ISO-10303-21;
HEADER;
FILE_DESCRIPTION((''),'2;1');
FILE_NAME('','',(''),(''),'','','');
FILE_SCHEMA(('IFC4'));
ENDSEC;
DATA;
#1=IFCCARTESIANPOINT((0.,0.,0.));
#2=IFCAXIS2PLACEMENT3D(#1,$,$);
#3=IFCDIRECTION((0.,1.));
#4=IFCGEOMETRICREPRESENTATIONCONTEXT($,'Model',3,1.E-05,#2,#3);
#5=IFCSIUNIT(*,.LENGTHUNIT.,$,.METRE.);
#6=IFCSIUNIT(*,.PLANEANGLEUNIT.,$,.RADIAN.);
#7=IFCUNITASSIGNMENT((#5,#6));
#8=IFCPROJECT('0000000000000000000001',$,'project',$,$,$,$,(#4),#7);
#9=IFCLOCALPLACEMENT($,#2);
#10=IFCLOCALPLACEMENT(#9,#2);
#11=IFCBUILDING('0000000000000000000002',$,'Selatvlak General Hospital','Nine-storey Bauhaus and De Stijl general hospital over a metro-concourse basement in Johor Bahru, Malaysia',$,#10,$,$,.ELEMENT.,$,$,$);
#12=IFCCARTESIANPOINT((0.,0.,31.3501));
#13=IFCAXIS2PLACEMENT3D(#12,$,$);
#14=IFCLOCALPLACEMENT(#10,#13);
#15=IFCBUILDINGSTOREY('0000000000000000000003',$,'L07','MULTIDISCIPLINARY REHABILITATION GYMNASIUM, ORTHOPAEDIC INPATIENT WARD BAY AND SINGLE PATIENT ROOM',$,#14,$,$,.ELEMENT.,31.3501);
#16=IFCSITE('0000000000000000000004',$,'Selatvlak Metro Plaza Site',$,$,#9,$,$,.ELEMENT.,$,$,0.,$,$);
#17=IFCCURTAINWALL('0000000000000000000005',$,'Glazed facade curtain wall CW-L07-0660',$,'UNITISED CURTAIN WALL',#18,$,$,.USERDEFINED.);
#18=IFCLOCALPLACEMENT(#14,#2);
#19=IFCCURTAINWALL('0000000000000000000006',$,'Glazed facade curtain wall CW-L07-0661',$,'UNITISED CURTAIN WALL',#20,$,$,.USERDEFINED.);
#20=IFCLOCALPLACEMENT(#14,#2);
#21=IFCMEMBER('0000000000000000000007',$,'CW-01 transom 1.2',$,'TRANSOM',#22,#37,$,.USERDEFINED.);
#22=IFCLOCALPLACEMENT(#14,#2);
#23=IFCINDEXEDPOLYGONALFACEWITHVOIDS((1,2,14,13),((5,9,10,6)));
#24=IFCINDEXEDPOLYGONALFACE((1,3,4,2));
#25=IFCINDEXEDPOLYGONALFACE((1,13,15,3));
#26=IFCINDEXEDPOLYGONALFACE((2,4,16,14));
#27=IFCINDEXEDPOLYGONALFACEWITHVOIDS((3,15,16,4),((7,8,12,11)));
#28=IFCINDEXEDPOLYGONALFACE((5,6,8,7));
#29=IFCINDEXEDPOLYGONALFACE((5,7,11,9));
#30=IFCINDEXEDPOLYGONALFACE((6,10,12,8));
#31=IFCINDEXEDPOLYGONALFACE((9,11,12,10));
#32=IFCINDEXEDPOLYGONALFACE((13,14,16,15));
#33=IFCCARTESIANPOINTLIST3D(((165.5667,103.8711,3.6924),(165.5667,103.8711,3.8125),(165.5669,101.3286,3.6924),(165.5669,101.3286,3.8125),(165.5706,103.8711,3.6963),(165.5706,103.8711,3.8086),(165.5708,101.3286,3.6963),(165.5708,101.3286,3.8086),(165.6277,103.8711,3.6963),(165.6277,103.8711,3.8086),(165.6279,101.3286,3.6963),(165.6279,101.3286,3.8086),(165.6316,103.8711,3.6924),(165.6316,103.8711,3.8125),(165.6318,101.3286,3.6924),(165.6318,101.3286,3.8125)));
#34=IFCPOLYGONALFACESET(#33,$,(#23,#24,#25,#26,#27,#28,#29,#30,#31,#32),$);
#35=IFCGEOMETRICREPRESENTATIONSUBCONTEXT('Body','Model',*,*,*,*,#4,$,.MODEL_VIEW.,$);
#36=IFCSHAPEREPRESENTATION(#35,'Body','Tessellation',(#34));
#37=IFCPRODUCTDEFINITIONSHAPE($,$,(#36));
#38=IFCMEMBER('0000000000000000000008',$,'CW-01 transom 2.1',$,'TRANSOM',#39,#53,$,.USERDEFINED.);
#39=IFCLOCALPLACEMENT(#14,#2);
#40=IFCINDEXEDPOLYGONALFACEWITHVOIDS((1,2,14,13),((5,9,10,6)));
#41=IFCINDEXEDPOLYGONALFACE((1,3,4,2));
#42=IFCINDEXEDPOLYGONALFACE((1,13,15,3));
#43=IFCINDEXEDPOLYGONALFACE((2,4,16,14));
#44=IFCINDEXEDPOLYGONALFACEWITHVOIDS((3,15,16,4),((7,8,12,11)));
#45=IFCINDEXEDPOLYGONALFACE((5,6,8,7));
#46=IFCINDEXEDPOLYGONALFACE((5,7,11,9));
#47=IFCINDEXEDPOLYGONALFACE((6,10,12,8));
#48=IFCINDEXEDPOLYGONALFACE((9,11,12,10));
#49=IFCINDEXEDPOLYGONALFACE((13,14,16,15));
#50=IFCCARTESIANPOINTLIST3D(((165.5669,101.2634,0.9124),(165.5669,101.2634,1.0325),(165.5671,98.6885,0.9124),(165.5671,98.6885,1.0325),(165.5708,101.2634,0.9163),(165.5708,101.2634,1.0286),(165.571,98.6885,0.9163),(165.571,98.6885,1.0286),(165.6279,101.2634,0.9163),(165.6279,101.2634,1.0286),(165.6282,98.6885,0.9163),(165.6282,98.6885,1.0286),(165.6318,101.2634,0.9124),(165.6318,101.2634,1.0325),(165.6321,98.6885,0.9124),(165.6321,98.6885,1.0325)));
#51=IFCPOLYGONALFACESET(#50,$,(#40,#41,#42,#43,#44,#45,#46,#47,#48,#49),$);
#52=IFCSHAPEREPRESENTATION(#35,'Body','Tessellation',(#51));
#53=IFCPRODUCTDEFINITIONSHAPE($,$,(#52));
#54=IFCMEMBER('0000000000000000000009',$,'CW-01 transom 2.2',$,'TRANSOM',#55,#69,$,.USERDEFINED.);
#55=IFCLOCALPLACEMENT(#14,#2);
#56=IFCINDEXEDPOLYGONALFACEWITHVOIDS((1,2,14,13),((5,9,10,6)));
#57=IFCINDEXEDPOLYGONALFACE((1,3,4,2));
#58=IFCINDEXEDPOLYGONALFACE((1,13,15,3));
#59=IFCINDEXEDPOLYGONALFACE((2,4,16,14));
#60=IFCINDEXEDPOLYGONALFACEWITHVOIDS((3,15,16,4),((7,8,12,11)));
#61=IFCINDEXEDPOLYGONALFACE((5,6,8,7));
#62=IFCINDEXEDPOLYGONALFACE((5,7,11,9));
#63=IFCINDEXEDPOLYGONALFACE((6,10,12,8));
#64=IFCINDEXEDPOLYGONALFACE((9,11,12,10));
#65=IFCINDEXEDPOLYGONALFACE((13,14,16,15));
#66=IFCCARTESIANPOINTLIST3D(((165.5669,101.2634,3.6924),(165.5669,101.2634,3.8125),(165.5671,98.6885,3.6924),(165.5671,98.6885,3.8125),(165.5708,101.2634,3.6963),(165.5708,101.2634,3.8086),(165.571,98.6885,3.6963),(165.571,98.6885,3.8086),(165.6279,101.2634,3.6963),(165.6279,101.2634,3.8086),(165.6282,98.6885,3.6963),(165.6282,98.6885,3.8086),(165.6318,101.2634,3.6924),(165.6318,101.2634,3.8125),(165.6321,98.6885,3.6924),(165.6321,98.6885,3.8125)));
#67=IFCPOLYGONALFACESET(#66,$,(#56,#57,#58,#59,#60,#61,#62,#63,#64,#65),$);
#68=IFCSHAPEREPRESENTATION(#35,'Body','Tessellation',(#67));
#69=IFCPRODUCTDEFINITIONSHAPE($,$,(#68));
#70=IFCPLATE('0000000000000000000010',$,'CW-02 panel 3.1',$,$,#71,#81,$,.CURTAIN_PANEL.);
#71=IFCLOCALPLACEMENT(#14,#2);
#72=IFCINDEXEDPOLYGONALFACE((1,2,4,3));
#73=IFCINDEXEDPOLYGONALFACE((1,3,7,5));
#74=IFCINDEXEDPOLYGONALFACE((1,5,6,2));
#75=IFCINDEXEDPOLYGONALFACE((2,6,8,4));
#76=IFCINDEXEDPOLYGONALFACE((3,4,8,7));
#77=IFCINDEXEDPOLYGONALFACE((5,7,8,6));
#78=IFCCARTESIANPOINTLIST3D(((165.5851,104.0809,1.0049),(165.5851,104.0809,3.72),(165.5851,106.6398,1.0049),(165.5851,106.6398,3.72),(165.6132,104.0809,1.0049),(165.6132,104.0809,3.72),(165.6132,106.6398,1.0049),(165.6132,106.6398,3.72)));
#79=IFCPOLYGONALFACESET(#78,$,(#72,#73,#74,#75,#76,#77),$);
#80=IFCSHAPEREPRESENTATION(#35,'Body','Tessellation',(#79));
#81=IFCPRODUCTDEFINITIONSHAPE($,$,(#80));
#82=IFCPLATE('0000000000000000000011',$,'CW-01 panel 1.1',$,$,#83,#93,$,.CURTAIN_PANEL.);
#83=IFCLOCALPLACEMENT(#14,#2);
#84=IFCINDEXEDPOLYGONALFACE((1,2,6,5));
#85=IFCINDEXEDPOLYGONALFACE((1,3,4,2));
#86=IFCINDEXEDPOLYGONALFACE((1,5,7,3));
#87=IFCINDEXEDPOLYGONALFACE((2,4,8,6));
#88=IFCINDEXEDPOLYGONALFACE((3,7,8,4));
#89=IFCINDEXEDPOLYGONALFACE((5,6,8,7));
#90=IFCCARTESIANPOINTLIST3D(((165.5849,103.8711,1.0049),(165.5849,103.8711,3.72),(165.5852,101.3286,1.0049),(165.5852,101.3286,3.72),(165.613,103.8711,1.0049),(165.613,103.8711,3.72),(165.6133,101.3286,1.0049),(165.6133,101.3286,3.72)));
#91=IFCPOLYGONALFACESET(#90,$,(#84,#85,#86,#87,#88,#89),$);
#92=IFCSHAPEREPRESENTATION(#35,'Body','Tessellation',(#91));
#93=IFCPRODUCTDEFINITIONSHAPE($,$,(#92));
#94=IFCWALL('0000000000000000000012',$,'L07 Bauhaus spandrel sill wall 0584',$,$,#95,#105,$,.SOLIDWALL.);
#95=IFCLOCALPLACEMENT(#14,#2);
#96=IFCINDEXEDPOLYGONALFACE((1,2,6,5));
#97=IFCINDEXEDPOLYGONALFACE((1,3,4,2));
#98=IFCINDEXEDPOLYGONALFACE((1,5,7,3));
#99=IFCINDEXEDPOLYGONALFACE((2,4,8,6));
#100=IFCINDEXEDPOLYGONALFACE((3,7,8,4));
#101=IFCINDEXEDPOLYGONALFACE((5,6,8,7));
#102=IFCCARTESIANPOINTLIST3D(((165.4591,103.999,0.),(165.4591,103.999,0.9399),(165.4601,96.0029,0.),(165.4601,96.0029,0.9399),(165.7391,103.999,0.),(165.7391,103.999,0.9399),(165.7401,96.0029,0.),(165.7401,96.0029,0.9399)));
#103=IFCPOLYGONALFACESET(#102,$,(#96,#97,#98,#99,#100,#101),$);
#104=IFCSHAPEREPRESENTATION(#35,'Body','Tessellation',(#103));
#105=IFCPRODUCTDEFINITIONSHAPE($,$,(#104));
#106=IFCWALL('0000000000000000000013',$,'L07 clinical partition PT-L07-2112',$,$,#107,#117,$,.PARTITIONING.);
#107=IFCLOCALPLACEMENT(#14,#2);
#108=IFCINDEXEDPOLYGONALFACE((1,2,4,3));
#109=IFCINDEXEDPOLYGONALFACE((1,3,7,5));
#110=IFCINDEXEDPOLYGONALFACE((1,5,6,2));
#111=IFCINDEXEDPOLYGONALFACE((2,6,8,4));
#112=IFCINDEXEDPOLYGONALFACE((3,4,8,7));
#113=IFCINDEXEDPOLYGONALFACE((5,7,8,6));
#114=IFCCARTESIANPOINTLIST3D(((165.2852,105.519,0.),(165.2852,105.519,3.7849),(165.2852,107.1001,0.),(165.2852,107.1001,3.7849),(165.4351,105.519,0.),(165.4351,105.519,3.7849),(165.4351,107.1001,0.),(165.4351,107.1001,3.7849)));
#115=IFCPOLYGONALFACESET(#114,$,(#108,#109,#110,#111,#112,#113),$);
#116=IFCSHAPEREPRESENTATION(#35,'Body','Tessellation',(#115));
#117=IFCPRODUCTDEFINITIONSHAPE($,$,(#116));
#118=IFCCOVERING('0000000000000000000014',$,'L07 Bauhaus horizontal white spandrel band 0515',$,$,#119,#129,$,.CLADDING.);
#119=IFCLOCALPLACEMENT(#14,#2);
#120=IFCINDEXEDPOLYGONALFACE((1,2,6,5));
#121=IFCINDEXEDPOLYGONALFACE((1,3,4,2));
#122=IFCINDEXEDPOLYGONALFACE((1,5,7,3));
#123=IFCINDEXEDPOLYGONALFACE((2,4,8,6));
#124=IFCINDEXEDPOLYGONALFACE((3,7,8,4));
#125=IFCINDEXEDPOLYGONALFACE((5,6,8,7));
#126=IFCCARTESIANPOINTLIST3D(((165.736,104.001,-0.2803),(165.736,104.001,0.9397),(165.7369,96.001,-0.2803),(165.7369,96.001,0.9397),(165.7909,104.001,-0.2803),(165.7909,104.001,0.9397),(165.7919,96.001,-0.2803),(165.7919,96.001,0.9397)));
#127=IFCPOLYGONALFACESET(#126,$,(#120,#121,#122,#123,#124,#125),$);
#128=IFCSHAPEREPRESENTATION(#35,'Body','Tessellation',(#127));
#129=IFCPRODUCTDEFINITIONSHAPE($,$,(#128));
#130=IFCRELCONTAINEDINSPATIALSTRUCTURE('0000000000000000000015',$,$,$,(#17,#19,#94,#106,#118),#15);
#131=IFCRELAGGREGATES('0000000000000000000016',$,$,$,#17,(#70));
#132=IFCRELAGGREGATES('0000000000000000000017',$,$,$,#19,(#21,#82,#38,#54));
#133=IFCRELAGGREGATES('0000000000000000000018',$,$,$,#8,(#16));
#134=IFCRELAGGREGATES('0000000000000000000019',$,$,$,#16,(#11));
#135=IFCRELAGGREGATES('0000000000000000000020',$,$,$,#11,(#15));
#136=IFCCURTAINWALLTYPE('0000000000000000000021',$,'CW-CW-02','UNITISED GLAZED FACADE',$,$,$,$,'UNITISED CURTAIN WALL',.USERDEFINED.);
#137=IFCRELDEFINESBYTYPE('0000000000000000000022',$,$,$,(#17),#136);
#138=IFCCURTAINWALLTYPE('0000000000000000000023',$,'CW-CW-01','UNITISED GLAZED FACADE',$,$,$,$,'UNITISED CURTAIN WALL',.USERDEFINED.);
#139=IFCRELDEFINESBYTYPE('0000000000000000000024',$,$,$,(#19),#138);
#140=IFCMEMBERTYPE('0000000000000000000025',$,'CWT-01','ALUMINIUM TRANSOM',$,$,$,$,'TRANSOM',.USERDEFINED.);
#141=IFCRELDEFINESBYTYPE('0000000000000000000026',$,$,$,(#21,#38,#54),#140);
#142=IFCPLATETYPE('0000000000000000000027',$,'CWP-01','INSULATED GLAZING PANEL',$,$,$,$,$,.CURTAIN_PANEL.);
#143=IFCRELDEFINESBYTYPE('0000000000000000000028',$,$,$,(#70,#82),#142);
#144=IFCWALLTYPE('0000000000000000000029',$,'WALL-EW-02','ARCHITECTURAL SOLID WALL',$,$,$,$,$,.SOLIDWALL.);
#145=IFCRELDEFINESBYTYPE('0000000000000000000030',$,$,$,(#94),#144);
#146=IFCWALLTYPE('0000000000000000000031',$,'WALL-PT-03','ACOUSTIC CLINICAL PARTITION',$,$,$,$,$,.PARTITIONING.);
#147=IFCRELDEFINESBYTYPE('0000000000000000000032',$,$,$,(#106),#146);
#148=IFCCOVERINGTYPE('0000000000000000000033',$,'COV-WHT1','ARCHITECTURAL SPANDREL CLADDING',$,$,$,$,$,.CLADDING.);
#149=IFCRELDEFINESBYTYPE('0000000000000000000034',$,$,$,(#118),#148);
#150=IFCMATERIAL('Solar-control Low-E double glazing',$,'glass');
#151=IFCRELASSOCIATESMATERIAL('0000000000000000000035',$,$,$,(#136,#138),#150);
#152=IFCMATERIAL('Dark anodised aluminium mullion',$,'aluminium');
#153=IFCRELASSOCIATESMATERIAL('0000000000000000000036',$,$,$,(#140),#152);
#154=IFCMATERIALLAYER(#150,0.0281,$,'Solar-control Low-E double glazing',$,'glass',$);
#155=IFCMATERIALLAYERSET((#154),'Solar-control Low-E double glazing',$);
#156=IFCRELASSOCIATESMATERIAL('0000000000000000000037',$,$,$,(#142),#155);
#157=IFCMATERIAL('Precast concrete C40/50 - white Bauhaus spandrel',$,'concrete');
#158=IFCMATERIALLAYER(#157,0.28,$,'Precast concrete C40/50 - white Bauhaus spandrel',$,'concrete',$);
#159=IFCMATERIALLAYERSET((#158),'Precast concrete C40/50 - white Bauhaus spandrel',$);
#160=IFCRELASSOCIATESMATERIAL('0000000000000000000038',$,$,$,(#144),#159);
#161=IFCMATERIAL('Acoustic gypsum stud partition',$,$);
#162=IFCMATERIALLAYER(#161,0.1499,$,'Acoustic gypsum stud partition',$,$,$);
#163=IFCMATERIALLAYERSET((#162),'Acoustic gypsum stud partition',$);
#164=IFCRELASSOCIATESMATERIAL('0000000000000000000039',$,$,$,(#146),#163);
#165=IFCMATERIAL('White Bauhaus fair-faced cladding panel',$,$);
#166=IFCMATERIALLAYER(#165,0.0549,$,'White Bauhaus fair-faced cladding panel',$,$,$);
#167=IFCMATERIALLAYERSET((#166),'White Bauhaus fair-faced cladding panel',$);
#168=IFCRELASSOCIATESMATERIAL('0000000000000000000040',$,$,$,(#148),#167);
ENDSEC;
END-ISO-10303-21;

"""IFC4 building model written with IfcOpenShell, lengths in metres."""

from ifc_helpers import new_model, si_unit, direction, frame, frame_2d, origin, origin_2d, place, context, subcontext, project, spatial, rectangle, hollow_rectangle, extrude, material, layer, layer_set, material_profile, profile_set, type_object, element, aggregate, save


model = new_model("IFC4")

# Units and contexts
model_context = context("Model", 3, precision=1e-05, world=origin(), true_north=direction((0.0, 1.0)))
body_context = subcontext(model_context, "Body", "Model", "MODEL_VIEW")
ifc_project = project(units=[si_unit("LENGTHUNIT", "METRE"), si_unit("PLANEANGLEUNIT", "RADIAN")], contexts=[model_context])

# Site, building, storey
site_placement = place(None, origin())
site = spatial("IfcSite", under=ifc_project, at=site_placement, Name="Selatvlak Metro Plaza Site", CompositionType="ELEMENT", RefElevation=0.0)
building_placement = place(site_placement, origin())
building = spatial("IfcBuilding", under=site, at=building_placement, Name="Selatvlak General Hospital", Description="Nine-storey Bauhaus and De Stijl general hospital over a metro-concourse basement in Johor Bahru, Malaysia", CompositionType="ELEMENT")
storey_placement = place(building_placement, frame((0.0, 0.0, 31.3501)))
storey = spatial("IfcBuildingStorey", under=building, at=storey_placement, Name="L07", Description="MULTIDISCIPLINARY REHABILITATION GYMNASIUM, ORTHOPAEDIC INPATIENT WARD BAY AND SINGLE PATIENT ROOM", CompositionType="ELEMENT", Elevation=31.3501)

# Curtain walls
ifc_material_1 = material(Name="Solar-control Low-E double glazing", Category="glass")
curtain_wall_type_1 = type_object("IfcCurtainWallType", Name="CW-CW-02", Description="UNITISED GLAZED FACADE", ElementType="UNITISED CURTAIN WALL", PredefinedType="USERDEFINED", material=ifc_material_1)
curtain_wall_1_placement = place(storey_placement, origin())
curtain_wall_1 = element("IfcCurtainWall", 1, at=curtain_wall_1_placement, inside=storey, type_object=curtain_wall_type_1, Name="Glazed facade curtain wall CW-L07-0660", ObjectType="UNITISED CURTAIN WALL", PredefinedType="USERDEFINED")
ifc_material_2 = material(Name="Dark anodised aluminium mullion", Category="aluminium")
curtain_wall_type_2 = type_object("IfcCurtainWallType", Name="CW-CW-01", Description="UNITISED GLAZED FACADE", ElementType="UNITISED CURTAIN WALL", PredefinedType="USERDEFINED", material=ifc_material_1)
curtain_wall_2_placement = place(storey_placement, origin())
curtain_wall_2 = element("IfcCurtainWall", 2, at=curtain_wall_2_placement, inside=storey, type_object=curtain_wall_type_2, Name="Glazed facade curtain wall CW-L07-0661", ObjectType="UNITISED CURTAIN WALL", PredefinedType="USERDEFINED")

# Members
ifc_material_profile_1 = material_profile(ifc_material_2, hollow_rectangle(XDim=0.0649, YDim=0.1201, WallThickness=0.0039, at=origin_2d()), Name="AL-TRN 65x120x4")
ifc_profile_set_1 = profile_set([ifc_material_profile_1], Name="Dark anodised aluminium mullion")
member_type_1 = type_object("IfcMemberType", Name="CWT-01", Description="ALUMINIUM TRANSOM", ElementType="TRANSOM", PredefinedType="USERDEFINED", material=ifc_profile_set_1)
member_1_placement = place(storey_placement, frame((165.5991, 103.8711, 3.7524), z_axis=(0.000096, -1.0, 0.0), x_axis=(1.0, 0.000096, 0.0)))
member_1 = element("IfcMember", 3, at=member_1_placement, type_object=member_type_1, Name="CW-01 transom 1.2", ObjectType="TRANSOM", PredefinedType="USERDEFINED", context=body_context, shape_type="SweptSolid", body=[
    extrude(hollow_rectangle(XDim=0.0649, YDim=0.1201, WallThickness=0.0039, at=origin_2d()), origin(), (0.0, 0.0, 1.0), 2.5425),
])
member_2_placement = place(storey_placement, frame((165.5994, 101.2634, 0.9724), z_axis=(0.000095, -1.0, 0.0), x_axis=(1.0, 0.000095, 0.0)))
member_2 = element("IfcMember", 4, at=member_2_placement, type_object=member_type_1, Name="CW-01 transom 2.1", ObjectType="TRANSOM", PredefinedType="USERDEFINED", context=body_context, shape_type="SweptSolid", body=[
    extrude(hollow_rectangle(XDim=0.0649, YDim=0.1201, WallThickness=0.0039, at=origin_2d()), origin(), (0.0, 0.0, 1.0), 2.575),
])
member_3_placement = place(storey_placement, frame((165.5994, 101.2634, 3.7524), z_axis=(0.000095, -1.0, 0.0), x_axis=(1.0, 0.000095, 0.0)))
member_3 = element("IfcMember", 5, at=member_3_placement, type_object=member_type_1, Name="CW-01 transom 2.2", ObjectType="TRANSOM", PredefinedType="USERDEFINED", context=body_context, shape_type="SweptSolid", body=[
    extrude(hollow_rectangle(XDim=0.0649, YDim=0.1201, WallThickness=0.0039, at=origin_2d()), origin(), (0.0, 0.0, 1.0), 2.575),
])

# Plates
ifc_layer_1 = layer(ifc_material_1, 0.0281, Name="Solar-control Low-E double glazing", Category="glass")
ifc_layer_set_1 = layer_set([ifc_layer_1], Name="Solar-control Low-E double glazing")
plate_type = type_object("IfcPlateType", Name="CWP-01", Description="INSULATED GLAZING PANEL", PredefinedType="CURTAIN_PANEL", material=ifc_layer_set_1)
plate_1_placement = place(storey_placement, frame((165.5991, 105.3604, 1.0049), z_axis=(0.0, 0.0, 1.0), x_axis=(0.0, -1.0, 0.0)))
plate_1 = element("IfcPlate", 6, at=plate_1_placement, type_object=plate_type, Name="CW-02 panel 3.1", PredefinedType="CURTAIN_PANEL", context=body_context, shape_type="SweptSolid", body=[
    extrude(rectangle(XDim=2.5588, YDim=0.0281, at=origin_2d()), origin(), (0.0, 0.0, 1.0), 2.7151),
])
aggregate(curtain_wall_1, [plate_1])
plate_2_placement = place(storey_placement, frame((165.5991, 102.5999, 1.0049), z_axis=(0.0, 0.0, 1.0), x_axis=(0.000126, -1.0, 0.0)))
plate_2 = element("IfcPlate", 7, at=plate_2_placement, type_object=plate_type, Name="CW-01 panel 1.1", PredefinedType="CURTAIN_PANEL", context=body_context, shape_type="SweptSolid", body=[
    extrude(rectangle(XDim=2.5425, YDim=0.0281, at=origin_2d()), origin(), (0.0, 0.0, 1.0), 2.7151),
])
aggregate(curtain_wall_2, [member_1, plate_2, member_2, member_3])

# Walls
ifc_material_3 = material(Name="Precast concrete C40/50 - white Bauhaus spandrel", Category="concrete")
ifc_layer_2 = layer(ifc_material_3, 0.28, Name="Precast concrete C40/50 - white Bauhaus spandrel", Category="concrete")
ifc_layer_set_2 = layer_set([ifc_layer_2], Name="Precast concrete C40/50 - white Bauhaus spandrel")
wall_type_1 = type_object("IfcWallType", Name="WALL-EW-02", Description="ARCHITECTURAL SOLID WALL", PredefinedType="SOLIDWALL", material=ifc_layer_set_2)
wall_1_placement = place(storey_placement, frame((165.5991, 103.999, 0.0), z_axis=(0.0, 0.0, 1.0), x_axis=(0.000122, -1.0, 0.0)))
element("IfcWall", 8, at=wall_1_placement, inside=storey, type_object=wall_type_1, Name="L07 Bauhaus spandrel sill wall 0584", PredefinedType="SOLIDWALL", context=body_context, shape_type="SweptSolid", body=[
    extrude(rectangle(XDim=7.9961, YDim=0.28, at=frame_2d((3.998, 0.0))), origin(), (0.0, 0.0, 1.0), 0.9399),
])
ifc_material_4 = material(Name="Acoustic gypsum stud partition")
ifc_layer_3 = layer(ifc_material_4, 0.1499, Name="Acoustic gypsum stud partition")
ifc_layer_set_3 = layer_set([ifc_layer_3], Name="Acoustic gypsum stud partition")
wall_type_2 = type_object("IfcWallType", Name="WALL-PT-03", Description="ACOUSTIC CLINICAL PARTITION", PredefinedType="PARTITIONING", material=ifc_layer_set_3)
wall_2_placement = place(storey_placement, frame((165.3601, 105.519, 0.0), z_axis=(0.0, 0.0, 1.0), x_axis=(0.0, 1.0, 0.0)))
element("IfcWall", 9, at=wall_2_placement, inside=storey, type_object=wall_type_2, Name="L07 clinical partition PT-L07-2112", PredefinedType="PARTITIONING", context=body_context, shape_type="SweptSolid", body=[
    extrude(rectangle(XDim=1.5811, YDim=0.1499, at=frame_2d((0.7905, 0.0))), origin(), (0.0, 0.0, 1.0), 3.7849),
])

# Covering
ifc_material_5 = material(Name="White Bauhaus fair-faced cladding panel")
ifc_layer_4 = layer(ifc_material_5, 0.0549, Name="White Bauhaus fair-faced cladding panel")
ifc_layer_set_4 = layer_set([ifc_layer_4], Name="White Bauhaus fair-faced cladding panel")
covering_type = type_object("IfcCoveringType", Name="COV-WHT1", Description="ARCHITECTURAL SPANDREL CLADDING", PredefinedType="CLADDING", material=ifc_layer_set_4)
covering_placement = place(storey_placement, frame((165.7639, 100.001, -0.2803), z_axis=(0.0, 0.0, 1.0), x_axis=(0.000122, -1.0, 0.0)))
element("IfcCovering", 10, at=covering_placement, inside=storey, type_object=covering_type, Name="L07 Bauhaus horizontal white spandrel band 0515", PredefinedType="CLADDING", context=body_context, shape_type="SweptSolid", body=[
    extrude(rectangle(XDim=8.0, YDim=0.0549, at=origin_2d()), origin(), (0.0, 0.0, 1.0), 1.22),
])

save(model, "model.ifc")
